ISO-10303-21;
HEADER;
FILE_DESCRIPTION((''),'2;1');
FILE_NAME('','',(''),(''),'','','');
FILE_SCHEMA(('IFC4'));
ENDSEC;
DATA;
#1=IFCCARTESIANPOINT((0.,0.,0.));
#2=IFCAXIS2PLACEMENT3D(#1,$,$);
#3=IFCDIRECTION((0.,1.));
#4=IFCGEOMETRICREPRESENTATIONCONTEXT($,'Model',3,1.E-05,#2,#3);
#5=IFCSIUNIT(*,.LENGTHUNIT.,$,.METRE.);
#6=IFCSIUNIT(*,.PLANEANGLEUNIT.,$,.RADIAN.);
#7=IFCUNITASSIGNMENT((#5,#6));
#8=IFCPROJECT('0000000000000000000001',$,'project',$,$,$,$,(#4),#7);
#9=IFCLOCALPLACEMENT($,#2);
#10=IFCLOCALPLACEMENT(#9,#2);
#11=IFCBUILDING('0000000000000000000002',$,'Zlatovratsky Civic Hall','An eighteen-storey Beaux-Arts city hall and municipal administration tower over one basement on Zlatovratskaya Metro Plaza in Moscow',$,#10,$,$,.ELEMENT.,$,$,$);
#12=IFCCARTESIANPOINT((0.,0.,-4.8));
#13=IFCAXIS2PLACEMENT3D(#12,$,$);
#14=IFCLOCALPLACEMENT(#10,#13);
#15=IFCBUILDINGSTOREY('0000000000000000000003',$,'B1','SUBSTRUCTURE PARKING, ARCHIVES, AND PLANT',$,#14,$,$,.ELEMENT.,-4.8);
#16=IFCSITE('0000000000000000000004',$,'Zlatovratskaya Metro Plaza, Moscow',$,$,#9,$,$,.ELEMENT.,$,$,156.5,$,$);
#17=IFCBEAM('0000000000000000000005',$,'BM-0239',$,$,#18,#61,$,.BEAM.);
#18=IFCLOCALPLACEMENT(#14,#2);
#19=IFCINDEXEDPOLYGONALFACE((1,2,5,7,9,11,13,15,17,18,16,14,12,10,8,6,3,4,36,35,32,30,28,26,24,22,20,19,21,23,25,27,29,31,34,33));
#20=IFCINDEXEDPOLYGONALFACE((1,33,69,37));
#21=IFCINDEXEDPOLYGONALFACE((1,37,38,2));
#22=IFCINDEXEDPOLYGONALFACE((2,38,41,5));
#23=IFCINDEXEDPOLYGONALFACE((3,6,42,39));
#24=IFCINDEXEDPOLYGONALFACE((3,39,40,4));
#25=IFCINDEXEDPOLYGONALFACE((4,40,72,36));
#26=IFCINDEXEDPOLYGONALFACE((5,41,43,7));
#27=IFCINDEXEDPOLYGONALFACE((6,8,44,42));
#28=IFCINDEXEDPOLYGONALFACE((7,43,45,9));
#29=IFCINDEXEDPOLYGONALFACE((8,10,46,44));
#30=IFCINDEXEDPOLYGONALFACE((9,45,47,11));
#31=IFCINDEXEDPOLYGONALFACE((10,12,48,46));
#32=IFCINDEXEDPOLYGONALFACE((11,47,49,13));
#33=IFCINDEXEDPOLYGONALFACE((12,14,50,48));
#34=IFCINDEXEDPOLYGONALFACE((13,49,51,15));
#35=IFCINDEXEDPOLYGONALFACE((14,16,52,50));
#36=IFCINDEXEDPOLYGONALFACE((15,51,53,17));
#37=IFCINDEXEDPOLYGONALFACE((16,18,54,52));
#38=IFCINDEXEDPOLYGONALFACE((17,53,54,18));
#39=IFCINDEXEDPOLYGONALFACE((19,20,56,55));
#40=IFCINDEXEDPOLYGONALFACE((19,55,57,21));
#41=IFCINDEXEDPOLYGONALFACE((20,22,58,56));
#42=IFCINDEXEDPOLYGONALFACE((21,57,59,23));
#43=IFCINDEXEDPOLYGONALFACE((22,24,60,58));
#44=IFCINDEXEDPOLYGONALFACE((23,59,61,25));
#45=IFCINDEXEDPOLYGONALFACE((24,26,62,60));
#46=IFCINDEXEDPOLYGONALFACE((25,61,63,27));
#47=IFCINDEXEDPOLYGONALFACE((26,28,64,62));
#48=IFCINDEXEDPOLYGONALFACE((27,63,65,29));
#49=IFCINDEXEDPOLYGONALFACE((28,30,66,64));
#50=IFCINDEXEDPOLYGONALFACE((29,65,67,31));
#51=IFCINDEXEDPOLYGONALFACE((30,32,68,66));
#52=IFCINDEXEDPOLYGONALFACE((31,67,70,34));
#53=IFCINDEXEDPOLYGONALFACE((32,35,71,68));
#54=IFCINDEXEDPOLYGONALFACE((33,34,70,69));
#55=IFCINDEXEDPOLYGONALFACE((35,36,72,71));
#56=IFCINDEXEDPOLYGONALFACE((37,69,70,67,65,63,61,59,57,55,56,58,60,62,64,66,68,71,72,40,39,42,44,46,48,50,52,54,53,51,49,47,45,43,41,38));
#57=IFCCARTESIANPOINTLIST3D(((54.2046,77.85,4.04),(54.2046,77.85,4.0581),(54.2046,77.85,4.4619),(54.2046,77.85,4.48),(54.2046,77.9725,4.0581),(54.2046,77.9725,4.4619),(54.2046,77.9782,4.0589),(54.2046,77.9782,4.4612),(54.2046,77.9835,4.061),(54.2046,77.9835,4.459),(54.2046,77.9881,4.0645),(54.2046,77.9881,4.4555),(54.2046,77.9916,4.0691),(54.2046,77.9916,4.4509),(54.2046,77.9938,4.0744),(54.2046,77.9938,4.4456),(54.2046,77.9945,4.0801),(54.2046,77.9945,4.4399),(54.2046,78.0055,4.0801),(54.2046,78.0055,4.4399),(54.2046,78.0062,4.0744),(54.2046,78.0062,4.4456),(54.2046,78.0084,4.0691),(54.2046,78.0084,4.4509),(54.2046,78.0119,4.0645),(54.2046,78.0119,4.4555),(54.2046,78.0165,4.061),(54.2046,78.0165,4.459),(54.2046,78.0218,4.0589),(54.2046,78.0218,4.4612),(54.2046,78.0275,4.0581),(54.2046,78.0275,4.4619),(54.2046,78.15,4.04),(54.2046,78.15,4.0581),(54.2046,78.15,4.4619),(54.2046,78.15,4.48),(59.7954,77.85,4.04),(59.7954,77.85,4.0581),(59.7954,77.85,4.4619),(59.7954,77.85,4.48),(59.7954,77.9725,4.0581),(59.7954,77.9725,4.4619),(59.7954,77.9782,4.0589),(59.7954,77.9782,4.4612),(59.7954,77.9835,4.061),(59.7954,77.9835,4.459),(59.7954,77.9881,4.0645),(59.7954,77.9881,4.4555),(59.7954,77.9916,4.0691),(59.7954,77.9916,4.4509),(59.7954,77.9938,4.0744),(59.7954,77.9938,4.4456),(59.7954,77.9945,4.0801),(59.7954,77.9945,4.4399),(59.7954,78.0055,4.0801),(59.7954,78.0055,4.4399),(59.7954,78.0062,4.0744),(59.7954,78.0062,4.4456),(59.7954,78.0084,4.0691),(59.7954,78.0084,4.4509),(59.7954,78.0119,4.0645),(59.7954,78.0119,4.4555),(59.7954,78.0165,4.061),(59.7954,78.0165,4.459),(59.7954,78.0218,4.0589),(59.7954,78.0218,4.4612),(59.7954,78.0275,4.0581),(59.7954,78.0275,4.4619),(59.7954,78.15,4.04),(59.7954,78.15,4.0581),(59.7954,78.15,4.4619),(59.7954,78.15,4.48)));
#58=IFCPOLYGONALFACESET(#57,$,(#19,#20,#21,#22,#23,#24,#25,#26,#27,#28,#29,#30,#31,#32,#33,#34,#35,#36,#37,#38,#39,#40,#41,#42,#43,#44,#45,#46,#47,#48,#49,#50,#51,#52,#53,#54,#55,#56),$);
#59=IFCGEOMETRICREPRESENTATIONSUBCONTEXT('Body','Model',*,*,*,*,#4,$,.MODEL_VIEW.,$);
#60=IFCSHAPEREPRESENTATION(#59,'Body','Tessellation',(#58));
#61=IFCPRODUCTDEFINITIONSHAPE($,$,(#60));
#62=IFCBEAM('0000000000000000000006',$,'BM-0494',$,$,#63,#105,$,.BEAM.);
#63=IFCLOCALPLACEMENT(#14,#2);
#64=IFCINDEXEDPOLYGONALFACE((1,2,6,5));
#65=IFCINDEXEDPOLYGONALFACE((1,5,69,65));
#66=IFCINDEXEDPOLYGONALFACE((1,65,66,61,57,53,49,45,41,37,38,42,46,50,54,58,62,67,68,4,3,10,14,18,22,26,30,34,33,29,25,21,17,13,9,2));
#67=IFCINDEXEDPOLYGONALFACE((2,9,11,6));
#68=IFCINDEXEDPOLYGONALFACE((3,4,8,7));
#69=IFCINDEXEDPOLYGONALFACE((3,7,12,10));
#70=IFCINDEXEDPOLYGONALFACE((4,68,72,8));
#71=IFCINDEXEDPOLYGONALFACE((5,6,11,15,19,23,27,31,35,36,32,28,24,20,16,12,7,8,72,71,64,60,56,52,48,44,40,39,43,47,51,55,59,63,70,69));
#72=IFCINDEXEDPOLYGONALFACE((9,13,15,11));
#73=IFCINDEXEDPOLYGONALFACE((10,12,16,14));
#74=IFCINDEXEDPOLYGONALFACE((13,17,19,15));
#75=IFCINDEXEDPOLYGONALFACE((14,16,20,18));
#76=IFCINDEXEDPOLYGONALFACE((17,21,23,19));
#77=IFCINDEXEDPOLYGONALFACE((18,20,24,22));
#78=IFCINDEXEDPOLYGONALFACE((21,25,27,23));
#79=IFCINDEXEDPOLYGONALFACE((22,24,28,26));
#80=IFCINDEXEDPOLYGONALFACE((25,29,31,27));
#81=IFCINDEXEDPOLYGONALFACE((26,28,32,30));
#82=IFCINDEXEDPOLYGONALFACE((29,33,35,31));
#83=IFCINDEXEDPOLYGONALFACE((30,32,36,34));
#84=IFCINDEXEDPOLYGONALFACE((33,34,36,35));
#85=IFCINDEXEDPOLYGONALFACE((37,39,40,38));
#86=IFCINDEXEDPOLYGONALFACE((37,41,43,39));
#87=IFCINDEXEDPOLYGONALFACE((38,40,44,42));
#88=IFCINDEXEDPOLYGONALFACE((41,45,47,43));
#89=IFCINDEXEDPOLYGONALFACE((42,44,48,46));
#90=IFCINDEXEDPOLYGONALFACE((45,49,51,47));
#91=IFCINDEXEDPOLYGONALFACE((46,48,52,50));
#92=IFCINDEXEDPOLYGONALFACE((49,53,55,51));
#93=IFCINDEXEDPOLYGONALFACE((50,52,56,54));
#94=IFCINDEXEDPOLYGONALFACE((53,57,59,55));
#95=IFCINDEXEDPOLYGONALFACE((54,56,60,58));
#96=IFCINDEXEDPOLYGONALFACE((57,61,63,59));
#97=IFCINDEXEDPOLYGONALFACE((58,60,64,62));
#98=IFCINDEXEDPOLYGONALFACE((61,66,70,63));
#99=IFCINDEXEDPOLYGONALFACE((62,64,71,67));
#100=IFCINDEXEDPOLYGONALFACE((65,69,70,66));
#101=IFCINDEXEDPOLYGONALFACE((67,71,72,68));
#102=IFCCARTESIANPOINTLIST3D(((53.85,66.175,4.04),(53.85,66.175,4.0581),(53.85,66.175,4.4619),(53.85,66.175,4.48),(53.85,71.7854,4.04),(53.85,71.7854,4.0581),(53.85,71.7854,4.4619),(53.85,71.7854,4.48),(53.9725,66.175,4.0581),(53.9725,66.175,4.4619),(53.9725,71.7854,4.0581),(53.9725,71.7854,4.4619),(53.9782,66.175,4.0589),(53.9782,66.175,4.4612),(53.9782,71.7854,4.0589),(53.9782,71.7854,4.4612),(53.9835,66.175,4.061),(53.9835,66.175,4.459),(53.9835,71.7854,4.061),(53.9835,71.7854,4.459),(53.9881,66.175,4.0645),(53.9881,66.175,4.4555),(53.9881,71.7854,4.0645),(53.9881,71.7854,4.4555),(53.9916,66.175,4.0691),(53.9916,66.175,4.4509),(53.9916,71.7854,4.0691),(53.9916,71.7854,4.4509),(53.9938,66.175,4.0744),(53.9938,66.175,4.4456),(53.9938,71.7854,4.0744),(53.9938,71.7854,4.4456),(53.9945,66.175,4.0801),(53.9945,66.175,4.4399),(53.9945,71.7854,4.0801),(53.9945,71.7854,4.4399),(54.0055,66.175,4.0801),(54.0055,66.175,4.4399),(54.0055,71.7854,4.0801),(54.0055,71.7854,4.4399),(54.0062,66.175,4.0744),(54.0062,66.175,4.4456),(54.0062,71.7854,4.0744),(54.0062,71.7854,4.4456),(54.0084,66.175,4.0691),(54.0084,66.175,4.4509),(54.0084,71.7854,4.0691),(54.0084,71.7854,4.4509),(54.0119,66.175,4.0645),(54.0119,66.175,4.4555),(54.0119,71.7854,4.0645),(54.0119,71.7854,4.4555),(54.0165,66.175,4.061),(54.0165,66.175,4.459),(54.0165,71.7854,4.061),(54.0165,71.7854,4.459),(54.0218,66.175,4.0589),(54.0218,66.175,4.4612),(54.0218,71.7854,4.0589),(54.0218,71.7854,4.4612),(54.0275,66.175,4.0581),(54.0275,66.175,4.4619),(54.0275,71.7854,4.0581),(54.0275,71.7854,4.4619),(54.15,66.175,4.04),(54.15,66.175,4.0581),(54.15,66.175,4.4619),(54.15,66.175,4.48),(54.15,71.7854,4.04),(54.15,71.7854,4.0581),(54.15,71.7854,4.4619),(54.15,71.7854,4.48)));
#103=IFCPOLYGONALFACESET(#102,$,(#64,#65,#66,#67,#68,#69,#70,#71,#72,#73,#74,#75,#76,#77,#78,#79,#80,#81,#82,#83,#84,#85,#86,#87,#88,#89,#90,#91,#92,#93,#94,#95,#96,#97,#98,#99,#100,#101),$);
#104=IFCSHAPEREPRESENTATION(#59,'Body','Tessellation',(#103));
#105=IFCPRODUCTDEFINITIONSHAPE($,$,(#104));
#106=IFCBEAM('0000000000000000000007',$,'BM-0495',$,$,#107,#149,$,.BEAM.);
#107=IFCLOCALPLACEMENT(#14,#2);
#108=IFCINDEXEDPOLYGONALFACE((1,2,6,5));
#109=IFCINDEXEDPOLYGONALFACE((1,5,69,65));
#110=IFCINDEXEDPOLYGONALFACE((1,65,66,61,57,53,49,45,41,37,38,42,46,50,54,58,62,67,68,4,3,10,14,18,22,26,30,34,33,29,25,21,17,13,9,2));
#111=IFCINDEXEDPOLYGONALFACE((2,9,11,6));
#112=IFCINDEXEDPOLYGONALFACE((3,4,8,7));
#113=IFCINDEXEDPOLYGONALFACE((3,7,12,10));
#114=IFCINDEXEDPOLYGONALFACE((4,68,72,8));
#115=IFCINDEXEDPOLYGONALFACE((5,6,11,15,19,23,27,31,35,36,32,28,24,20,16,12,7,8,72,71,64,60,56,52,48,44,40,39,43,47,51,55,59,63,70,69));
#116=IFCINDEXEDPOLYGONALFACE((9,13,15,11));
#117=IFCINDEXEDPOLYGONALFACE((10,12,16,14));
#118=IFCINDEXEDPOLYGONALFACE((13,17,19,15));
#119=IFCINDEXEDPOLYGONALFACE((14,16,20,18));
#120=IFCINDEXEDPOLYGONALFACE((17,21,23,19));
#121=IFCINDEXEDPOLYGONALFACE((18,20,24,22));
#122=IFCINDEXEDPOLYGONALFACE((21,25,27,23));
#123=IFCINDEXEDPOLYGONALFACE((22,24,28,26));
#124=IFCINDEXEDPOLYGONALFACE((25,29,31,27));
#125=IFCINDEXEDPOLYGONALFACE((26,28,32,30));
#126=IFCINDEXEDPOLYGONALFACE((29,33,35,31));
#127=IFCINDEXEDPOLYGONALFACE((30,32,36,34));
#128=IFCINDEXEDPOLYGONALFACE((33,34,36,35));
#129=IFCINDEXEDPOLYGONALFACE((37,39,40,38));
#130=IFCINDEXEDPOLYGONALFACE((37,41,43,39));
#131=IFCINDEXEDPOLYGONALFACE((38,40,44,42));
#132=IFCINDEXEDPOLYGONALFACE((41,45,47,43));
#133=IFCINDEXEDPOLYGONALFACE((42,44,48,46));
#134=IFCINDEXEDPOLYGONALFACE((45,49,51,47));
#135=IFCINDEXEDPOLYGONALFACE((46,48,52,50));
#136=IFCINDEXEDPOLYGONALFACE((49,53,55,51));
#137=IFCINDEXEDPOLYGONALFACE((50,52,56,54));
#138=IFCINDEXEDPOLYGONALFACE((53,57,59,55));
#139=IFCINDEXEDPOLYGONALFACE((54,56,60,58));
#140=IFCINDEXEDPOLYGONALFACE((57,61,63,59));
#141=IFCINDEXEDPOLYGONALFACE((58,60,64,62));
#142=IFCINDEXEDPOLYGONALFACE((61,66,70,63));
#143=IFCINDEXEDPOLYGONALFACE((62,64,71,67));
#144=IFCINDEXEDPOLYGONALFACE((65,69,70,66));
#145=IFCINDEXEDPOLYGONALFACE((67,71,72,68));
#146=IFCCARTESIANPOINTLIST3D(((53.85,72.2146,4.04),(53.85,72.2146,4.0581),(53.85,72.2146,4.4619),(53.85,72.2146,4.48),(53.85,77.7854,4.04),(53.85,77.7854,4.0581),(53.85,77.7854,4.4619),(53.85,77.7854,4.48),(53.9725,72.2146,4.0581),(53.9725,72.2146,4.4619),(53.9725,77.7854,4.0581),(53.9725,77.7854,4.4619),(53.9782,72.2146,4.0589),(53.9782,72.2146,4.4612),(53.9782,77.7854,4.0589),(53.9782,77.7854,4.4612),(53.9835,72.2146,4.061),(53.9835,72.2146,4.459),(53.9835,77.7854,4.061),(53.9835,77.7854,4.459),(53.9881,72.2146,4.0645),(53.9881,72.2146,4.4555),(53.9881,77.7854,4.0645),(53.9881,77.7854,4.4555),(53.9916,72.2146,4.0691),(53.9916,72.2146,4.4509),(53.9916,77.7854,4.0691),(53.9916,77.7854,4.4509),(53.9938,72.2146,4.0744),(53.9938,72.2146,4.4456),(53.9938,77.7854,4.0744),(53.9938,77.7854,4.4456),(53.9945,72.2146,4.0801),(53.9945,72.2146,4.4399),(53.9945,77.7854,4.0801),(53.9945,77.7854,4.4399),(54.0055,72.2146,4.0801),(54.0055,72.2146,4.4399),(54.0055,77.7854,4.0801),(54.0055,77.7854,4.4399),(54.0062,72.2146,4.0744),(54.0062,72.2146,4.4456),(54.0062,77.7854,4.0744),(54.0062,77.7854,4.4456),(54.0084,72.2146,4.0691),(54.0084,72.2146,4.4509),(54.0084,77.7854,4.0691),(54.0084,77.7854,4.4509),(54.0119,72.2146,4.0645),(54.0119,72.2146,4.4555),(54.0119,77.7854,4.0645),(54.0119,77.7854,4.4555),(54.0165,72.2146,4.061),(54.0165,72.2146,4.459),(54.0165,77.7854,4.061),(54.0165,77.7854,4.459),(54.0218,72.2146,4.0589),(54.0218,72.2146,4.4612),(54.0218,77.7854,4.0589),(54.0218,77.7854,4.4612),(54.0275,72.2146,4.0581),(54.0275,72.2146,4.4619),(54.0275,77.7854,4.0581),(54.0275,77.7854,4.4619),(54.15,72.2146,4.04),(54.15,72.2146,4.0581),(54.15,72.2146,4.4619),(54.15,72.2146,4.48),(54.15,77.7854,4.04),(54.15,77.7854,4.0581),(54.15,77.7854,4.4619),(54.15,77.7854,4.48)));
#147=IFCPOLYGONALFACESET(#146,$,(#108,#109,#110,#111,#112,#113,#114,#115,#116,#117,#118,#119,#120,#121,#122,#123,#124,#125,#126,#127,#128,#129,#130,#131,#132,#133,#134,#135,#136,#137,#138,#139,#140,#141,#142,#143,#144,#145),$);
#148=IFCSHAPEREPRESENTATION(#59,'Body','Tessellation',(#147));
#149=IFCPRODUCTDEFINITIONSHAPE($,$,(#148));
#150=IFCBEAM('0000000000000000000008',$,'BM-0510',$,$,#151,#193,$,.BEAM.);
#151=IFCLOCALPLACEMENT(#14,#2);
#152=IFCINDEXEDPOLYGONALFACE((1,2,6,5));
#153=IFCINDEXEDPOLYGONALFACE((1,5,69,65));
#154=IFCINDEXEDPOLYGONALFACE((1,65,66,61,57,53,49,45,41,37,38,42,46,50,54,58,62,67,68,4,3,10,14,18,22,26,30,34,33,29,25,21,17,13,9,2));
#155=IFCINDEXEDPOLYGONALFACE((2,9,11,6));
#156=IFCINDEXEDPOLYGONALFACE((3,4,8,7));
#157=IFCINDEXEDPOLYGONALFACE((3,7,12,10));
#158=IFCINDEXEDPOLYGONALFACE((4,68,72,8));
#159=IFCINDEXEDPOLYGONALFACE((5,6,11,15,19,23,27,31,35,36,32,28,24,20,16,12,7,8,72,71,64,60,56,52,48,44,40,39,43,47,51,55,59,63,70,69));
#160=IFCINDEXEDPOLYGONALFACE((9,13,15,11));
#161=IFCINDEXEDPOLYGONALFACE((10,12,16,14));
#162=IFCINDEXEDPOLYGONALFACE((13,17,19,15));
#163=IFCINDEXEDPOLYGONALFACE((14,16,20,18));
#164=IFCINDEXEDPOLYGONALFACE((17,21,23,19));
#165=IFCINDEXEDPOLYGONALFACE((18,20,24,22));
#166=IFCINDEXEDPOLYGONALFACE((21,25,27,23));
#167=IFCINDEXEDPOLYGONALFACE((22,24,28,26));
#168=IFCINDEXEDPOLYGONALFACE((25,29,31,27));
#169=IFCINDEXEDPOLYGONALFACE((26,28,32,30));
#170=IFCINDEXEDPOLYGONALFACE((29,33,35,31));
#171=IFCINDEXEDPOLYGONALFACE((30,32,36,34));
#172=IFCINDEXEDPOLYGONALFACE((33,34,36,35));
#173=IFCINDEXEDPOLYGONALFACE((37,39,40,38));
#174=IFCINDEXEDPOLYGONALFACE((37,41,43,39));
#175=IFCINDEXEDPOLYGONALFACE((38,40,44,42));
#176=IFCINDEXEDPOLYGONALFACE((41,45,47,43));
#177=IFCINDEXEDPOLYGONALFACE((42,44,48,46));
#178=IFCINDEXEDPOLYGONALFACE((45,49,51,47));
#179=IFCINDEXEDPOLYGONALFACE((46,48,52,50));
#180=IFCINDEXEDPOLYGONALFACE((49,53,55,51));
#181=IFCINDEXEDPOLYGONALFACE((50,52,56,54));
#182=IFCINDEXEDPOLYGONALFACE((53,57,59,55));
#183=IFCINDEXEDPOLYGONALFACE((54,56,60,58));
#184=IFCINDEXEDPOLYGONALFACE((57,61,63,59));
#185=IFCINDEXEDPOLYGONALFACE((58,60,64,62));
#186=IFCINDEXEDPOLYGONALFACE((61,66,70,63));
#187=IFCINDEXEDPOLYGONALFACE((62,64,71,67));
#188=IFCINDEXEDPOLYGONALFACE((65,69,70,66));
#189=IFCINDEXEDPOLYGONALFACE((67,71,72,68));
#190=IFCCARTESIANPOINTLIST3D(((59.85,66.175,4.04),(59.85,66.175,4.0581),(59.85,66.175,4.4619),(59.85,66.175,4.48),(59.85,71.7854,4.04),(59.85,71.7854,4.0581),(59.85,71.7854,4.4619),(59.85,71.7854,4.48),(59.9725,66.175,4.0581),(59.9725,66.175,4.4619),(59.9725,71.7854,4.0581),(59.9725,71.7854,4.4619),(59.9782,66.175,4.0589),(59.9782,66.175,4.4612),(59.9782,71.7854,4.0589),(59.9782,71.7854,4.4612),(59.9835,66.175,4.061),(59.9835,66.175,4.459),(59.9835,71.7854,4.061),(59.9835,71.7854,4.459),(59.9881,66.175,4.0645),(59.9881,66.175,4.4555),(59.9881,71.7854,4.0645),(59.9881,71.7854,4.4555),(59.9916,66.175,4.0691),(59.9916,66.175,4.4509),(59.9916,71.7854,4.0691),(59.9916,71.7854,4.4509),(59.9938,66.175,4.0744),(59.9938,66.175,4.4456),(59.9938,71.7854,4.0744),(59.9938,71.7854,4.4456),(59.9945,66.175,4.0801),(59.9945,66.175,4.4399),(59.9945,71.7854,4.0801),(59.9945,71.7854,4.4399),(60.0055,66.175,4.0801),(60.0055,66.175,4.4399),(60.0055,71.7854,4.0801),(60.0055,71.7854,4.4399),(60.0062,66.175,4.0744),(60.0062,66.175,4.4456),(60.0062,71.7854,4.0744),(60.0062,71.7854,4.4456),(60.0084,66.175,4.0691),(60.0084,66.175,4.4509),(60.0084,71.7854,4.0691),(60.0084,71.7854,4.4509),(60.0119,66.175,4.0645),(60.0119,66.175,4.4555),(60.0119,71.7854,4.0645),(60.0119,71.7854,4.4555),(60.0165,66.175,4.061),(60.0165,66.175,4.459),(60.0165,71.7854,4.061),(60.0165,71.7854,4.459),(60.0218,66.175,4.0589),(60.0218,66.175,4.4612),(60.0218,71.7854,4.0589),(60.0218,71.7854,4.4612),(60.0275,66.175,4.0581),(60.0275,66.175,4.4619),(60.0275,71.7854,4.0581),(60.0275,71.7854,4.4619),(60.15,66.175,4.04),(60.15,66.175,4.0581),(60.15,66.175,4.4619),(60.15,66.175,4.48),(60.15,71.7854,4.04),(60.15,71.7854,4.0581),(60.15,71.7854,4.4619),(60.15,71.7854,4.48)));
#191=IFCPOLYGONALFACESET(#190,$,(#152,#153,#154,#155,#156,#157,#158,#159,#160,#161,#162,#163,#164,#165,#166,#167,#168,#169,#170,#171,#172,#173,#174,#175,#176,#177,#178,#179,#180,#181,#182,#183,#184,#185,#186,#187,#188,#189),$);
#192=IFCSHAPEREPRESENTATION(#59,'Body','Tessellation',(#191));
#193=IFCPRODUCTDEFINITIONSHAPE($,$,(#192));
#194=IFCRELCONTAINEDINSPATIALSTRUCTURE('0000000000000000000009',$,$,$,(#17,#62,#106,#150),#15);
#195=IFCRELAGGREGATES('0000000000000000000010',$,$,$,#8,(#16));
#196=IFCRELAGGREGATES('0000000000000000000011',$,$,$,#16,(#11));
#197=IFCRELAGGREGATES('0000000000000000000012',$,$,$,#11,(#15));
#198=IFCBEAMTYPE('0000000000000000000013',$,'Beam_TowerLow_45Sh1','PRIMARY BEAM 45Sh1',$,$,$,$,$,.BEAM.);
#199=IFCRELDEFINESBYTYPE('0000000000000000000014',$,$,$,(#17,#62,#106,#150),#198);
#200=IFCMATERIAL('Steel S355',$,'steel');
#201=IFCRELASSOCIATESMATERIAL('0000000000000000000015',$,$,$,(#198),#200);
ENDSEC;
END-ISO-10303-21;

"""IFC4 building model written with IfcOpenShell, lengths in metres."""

from ifc_helpers import new_model, si_unit, direction, frame, origin, origin_2d, place, context, subcontext, project, spatial, i_section, extrude, material, material_profile, profile_set, type_object, element, save


model = new_model("IFC4")

# Units and contexts
model_context = context("Model", 3, precision=1e-05, world=origin(), true_north=direction((0.0, 1.0)))
body_context = subcontext(model_context, "Body", "Model", "MODEL_VIEW")
ifc_project = project(units=[si_unit("LENGTHUNIT", "METRE"), si_unit("PLANEANGLEUNIT", "RADIAN")], contexts=[model_context])

# Site, building, storey
site_placement = place(None, origin())
site = spatial("IfcSite", under=ifc_project, at=site_placement, Name="Zlatovratskaya Metro Plaza, Moscow", CompositionType="ELEMENT", RefElevation=156.5)
building_placement = place(site_placement, origin())
building = spatial("IfcBuilding", under=site, at=building_placement, Name="Zlatovratsky Civic Hall", Description="An eighteen-storey Beaux-Arts city hall and municipal administration tower over one basement on Zlatovratskaya Metro Plaza in Moscow", CompositionType="ELEMENT")
storey_placement = place(building_placement, frame((0.0, 0.0, -4.8)))
storey = spatial("IfcBuildingStorey", under=building, at=storey_placement, Name="B1", Description="SUBSTRUCTURE PARKING, ARCHIVES, AND PLANT", CompositionType="ELEMENT", Elevation=-4.8)

# Shared definitions
ifc_material_1 = material(Name="Steel S355", Category="steel")

# Beams
ifc_material_profile_1 = material_profile(ifc_material_1, i_section(OverallWidth=0.3, OverallDepth=0.4399, WebThickness=0.011, FlangeThickness=0.0181, FilletRadius=0.022, at=origin_2d()), Name="45Sh1")
ifc_profile_set_1 = profile_set([ifc_material_profile_1], Name="Steel S355")
beam_type = type_object("IfcBeamType", Name="Beam_TowerLow_45Sh1", Description="PRIMARY BEAM 45Sh1", PredefinedType="BEAM", material=ifc_profile_set_1)
for number, where, z_axis, x_axis, name in (
    (1, (54.2046, 78.0, 4.26), (1.0, 0.0, 0.0), (0.0, 1.0, 0.0), "BM-0239"),
):
    element("IfcBeam", number, at=place(storey_placement, frame(where, z_axis=z_axis, x_axis=x_axis)), inside=storey, type_object=beam_type, Name=name, PredefinedType="BEAM", context=body_context, shape_type="SweptSolid", body=[
        extrude(i_section(OverallWidth=0.3, OverallDepth=0.4399, WebThickness=0.011, FlangeThickness=0.0181, FilletRadius=0.022, at=origin_2d()), origin(), (0.0, 0.0, 1.0), 5.5908),
    ])
beam_1_placement = place(storey_placement, frame((54.0, 66.175, 4.26), z_axis=(0.0, 1.0, 0.0), x_axis=(-1.0, 0.0, 0.0)))
element("IfcBeam", 2, at=beam_1_placement, inside=storey, type_object=beam_type, Name="BM-0494", PredefinedType="BEAM", context=body_context, shape_type="SweptSolid", body=[
    extrude(i_section(OverallWidth=0.3, OverallDepth=0.4399, WebThickness=0.011, FlangeThickness=0.0181, FilletRadius=0.022, at=origin_2d()), origin(), (0.0, 0.0, 1.0), 5.6104),
])
beam_2_placement = place(storey_placement, frame((54.0, 72.2146, 4.26), z_axis=(0.0, 1.0, 0.0), x_axis=(-1.0, 0.0, 0.0)))
element("IfcBeam", 3, at=beam_2_placement, inside=storey, type_object=beam_type, Name="BM-0495", PredefinedType="BEAM", context=body_context, shape_type="SweptSolid", body=[
    extrude(i_section(OverallWidth=0.3, OverallDepth=0.4399, WebThickness=0.011, FlangeThickness=0.0181, FilletRadius=0.022, at=origin_2d()), origin(), (0.0, 0.0, 1.0), 5.5708),
])
beam_3_placement = place(storey_placement, frame((60.0, 66.175, 4.26), z_axis=(0.0, 1.0, 0.0), x_axis=(-1.0, 0.0, 0.0)))
element("IfcBeam", 4, at=beam_3_placement, inside=storey, type_object=beam_type, Name="BM-0510", PredefinedType="BEAM", context=body_context, shape_type="SweptSolid", body=[
    extrude(i_section(OverallWidth=0.3, OverallDepth=0.4399, WebThickness=0.011, FlangeThickness=0.0181, FilletRadius=0.022, at=origin_2d()), origin(), (0.0, 0.0, 1.0), 5.6104),
])

save(model, "model.ifc")
